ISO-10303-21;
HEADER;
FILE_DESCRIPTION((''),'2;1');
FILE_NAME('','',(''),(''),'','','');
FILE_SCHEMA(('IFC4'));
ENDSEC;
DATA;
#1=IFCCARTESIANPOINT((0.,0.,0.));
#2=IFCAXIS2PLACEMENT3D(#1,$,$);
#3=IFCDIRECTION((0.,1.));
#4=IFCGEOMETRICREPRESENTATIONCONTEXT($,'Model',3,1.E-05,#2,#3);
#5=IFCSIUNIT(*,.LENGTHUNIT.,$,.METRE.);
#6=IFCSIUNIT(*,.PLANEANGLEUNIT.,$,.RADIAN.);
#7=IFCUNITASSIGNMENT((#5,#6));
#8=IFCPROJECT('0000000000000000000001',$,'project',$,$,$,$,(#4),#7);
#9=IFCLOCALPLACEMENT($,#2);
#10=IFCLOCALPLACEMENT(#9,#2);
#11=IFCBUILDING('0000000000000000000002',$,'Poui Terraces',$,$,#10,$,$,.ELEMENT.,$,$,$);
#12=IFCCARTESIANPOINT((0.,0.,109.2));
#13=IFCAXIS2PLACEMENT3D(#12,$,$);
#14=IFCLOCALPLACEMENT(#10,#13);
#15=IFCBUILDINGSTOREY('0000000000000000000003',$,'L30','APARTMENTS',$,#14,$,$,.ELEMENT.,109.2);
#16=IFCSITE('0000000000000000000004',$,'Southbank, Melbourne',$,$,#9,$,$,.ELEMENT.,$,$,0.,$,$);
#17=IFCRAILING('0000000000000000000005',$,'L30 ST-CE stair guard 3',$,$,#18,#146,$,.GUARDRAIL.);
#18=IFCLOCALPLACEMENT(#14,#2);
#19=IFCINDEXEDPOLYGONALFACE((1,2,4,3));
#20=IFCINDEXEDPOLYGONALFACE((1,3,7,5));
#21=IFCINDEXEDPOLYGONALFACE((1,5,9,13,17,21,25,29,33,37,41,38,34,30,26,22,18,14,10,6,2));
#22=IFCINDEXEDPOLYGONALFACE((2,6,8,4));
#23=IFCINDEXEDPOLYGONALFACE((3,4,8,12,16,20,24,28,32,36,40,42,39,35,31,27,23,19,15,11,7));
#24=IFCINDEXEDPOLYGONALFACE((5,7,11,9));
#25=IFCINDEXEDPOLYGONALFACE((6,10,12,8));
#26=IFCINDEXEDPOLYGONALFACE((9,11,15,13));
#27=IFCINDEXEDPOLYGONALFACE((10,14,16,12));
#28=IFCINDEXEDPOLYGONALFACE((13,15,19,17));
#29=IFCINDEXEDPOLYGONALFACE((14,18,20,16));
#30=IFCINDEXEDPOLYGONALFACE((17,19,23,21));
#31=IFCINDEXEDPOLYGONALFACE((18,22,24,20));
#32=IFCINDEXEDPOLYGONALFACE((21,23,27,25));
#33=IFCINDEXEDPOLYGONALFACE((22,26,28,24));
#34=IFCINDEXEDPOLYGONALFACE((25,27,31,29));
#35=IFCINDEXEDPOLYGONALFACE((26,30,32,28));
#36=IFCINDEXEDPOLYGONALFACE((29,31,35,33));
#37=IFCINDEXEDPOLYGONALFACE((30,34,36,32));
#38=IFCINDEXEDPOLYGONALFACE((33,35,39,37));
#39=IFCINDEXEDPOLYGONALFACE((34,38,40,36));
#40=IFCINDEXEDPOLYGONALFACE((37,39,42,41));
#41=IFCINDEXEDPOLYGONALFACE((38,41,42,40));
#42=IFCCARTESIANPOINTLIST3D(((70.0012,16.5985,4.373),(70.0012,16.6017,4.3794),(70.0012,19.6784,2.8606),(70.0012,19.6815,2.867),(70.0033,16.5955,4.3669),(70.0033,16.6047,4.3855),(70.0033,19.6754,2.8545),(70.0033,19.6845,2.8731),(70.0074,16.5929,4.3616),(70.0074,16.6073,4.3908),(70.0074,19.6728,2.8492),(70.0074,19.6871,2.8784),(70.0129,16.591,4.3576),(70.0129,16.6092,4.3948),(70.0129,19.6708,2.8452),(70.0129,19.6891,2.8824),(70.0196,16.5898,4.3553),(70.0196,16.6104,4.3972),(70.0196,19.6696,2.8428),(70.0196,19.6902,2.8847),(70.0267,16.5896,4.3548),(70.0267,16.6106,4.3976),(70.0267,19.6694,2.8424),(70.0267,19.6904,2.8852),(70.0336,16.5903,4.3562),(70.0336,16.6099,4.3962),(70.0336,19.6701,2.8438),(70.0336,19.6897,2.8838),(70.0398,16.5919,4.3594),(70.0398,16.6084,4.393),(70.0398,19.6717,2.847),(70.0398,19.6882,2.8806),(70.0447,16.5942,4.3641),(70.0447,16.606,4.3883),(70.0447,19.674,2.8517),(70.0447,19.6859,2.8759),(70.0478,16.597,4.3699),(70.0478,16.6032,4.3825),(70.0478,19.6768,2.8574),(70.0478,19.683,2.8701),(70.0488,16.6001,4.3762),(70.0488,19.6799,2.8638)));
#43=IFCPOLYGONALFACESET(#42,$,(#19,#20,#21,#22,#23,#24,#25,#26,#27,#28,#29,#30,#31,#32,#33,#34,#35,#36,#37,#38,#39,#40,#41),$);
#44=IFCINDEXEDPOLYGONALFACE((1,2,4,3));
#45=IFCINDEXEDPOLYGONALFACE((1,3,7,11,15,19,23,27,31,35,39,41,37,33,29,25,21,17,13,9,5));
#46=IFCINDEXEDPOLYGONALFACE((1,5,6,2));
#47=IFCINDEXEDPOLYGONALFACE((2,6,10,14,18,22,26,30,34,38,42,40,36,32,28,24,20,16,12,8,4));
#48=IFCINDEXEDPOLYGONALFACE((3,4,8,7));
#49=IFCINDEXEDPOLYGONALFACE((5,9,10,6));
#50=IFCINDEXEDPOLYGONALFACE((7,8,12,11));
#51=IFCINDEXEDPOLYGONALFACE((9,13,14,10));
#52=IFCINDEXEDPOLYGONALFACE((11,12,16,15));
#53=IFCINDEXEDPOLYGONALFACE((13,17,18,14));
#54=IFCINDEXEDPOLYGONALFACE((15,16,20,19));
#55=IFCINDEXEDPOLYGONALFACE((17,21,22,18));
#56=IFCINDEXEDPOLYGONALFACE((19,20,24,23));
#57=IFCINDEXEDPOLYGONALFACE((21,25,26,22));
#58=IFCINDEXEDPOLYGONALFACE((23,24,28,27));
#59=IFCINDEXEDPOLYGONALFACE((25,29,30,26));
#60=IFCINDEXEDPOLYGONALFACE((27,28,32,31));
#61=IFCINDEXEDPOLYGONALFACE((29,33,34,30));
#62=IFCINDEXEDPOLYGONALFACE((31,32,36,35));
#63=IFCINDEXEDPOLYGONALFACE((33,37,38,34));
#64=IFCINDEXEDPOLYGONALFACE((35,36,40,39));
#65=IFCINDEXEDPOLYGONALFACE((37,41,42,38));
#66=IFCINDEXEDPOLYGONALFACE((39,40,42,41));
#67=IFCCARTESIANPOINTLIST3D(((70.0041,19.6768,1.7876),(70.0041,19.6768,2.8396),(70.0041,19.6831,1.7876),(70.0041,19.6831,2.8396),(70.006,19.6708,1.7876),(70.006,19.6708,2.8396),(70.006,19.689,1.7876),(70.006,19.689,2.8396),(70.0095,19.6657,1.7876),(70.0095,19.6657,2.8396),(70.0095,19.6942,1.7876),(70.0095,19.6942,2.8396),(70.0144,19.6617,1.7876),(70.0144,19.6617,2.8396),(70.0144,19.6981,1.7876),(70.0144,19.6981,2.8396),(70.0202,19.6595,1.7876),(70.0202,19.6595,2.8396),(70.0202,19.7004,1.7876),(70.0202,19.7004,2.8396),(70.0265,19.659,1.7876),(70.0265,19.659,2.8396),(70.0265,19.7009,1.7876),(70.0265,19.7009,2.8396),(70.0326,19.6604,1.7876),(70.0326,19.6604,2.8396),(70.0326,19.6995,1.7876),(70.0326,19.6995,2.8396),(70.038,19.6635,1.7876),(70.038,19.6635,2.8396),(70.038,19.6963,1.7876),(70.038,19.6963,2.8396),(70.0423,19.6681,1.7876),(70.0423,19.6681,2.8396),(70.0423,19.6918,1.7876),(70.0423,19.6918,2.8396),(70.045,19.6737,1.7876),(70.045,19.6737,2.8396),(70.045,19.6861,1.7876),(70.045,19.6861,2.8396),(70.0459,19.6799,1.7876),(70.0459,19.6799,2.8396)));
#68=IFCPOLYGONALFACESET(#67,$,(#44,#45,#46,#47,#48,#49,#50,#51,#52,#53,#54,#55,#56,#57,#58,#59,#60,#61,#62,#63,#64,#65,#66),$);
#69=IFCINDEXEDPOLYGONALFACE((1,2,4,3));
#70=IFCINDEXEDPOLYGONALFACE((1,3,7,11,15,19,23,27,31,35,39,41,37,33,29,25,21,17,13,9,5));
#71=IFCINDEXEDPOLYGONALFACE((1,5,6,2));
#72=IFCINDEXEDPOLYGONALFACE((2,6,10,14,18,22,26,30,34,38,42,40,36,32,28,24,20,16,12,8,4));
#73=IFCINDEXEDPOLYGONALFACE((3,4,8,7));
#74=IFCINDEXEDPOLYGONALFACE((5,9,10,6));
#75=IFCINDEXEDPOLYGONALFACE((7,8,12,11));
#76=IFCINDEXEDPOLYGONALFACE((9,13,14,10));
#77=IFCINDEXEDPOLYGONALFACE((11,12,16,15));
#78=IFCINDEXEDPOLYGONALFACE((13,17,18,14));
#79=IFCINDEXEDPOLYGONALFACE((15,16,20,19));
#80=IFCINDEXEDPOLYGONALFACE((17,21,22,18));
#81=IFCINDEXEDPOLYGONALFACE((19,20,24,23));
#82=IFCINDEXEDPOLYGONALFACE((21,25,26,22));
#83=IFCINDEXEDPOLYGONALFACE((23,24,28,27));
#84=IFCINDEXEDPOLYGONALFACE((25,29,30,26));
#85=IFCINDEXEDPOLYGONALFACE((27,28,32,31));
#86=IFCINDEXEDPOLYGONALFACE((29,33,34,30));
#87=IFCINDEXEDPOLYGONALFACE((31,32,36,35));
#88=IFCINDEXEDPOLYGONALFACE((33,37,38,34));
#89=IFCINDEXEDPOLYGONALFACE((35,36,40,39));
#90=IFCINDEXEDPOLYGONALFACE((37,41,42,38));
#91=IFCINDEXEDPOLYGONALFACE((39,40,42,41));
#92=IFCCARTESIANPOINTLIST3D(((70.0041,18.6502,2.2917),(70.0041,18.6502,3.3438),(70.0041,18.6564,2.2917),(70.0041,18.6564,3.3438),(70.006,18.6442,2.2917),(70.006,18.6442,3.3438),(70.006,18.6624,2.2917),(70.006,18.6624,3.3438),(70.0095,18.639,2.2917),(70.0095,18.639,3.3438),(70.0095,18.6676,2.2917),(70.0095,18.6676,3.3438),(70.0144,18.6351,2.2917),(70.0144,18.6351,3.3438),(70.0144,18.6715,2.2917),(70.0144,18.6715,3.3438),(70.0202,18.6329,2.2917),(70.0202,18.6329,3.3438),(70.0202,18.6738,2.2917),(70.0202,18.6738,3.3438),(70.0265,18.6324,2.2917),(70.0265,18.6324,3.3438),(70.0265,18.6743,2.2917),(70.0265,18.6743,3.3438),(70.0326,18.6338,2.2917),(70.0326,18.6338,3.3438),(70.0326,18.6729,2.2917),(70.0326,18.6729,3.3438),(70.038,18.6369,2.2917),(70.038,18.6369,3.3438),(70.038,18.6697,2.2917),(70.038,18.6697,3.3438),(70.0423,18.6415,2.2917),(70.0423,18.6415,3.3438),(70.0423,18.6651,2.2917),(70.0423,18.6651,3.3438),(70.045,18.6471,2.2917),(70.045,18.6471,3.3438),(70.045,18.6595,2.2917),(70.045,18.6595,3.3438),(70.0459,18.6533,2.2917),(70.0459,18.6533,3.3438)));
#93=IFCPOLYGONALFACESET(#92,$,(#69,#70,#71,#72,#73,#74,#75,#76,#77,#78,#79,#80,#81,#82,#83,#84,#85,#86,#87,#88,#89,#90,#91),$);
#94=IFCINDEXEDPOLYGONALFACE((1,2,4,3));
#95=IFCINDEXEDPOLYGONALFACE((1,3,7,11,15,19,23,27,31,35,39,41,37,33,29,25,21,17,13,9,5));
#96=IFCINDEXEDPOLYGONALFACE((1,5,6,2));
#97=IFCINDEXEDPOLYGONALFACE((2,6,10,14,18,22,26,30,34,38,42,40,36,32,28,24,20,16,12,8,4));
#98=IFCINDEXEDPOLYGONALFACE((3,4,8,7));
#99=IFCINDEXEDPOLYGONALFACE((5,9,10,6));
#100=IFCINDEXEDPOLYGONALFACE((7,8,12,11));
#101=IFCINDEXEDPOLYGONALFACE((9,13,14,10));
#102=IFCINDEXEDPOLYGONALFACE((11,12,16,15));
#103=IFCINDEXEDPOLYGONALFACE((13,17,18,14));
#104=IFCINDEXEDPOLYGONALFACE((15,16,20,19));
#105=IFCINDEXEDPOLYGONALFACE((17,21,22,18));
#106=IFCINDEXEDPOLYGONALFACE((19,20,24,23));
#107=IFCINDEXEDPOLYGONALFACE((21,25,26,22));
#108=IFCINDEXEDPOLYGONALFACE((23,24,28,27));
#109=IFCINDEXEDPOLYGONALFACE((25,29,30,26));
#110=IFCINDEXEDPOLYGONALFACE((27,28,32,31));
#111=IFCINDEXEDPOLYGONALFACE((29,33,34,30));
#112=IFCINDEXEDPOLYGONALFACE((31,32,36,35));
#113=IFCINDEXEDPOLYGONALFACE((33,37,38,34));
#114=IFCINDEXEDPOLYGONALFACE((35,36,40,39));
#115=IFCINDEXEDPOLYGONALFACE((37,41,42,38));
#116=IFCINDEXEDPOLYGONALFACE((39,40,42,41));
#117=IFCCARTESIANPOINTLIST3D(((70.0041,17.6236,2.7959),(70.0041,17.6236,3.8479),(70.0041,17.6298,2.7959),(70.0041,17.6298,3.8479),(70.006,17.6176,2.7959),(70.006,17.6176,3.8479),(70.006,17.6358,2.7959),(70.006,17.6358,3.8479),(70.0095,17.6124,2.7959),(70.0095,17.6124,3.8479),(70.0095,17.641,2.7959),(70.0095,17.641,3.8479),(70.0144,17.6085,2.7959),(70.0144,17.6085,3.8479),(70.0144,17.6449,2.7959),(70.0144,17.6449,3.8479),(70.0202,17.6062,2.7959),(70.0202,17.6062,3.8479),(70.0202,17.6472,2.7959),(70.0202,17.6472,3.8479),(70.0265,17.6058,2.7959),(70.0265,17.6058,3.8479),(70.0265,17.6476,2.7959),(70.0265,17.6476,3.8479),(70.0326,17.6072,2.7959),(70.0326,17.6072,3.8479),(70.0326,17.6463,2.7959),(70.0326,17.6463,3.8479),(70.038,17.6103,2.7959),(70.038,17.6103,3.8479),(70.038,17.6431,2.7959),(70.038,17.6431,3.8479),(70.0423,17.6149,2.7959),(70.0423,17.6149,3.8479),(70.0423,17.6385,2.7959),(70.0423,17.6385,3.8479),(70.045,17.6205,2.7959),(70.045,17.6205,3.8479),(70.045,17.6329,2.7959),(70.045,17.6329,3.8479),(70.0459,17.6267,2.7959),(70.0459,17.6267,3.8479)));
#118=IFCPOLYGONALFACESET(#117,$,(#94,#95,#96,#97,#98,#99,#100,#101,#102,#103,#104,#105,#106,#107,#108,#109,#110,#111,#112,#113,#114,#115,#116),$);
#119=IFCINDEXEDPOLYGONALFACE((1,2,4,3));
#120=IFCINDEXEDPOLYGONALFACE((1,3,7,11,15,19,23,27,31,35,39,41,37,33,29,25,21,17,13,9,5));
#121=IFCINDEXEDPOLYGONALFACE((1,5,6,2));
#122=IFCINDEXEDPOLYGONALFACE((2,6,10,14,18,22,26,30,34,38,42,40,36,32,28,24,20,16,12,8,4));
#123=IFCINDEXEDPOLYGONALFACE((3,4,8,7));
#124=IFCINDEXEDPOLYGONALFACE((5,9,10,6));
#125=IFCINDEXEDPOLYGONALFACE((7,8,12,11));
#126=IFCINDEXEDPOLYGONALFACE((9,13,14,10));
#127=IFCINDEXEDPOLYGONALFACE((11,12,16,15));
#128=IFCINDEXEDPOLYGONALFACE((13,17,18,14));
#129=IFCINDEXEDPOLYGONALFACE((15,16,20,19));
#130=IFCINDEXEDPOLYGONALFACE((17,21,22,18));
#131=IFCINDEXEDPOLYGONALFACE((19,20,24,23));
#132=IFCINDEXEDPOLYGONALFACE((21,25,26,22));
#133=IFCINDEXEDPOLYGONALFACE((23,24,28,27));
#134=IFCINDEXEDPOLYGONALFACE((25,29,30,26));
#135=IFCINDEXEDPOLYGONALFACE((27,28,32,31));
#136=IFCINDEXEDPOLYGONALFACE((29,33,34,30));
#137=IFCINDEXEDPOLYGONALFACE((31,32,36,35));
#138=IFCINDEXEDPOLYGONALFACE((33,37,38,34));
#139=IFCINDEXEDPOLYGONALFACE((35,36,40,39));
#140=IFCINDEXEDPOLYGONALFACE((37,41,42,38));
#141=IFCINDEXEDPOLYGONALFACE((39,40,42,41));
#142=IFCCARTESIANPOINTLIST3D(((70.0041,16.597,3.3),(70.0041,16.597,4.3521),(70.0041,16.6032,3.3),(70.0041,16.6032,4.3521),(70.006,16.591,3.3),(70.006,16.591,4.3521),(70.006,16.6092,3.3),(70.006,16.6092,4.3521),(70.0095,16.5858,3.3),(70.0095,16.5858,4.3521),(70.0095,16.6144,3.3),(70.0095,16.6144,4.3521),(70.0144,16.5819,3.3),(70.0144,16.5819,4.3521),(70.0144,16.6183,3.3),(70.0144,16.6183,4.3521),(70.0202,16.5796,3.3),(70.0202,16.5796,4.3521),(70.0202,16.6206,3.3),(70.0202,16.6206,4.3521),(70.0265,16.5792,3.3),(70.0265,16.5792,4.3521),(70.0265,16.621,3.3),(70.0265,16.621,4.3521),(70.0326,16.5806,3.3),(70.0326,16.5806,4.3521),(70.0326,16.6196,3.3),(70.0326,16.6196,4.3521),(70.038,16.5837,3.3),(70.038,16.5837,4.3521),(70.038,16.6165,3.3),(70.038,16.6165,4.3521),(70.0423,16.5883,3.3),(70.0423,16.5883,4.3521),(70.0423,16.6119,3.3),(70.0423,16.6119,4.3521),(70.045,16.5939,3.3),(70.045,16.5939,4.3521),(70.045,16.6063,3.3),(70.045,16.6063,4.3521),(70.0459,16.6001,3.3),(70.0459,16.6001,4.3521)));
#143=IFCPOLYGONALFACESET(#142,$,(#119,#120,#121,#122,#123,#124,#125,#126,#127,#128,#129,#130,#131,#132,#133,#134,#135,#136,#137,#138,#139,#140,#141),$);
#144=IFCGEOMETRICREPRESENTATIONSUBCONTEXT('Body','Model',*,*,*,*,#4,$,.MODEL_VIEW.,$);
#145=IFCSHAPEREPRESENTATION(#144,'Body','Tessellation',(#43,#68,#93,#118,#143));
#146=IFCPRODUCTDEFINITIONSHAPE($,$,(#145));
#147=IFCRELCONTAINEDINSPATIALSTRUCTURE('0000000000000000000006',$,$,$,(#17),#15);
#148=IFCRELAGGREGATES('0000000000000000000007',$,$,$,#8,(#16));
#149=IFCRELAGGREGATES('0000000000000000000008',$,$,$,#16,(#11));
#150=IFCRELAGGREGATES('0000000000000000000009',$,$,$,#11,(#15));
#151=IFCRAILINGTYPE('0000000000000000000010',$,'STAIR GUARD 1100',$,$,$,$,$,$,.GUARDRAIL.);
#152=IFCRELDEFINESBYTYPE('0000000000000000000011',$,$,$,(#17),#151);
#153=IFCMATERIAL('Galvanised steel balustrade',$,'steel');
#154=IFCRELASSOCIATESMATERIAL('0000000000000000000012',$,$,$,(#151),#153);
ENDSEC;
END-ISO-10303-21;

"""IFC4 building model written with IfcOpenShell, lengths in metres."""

from ifc_helpers import new_model, si_unit, direction, frame, origin, origin_2d, place, context, subcontext, project, spatial, circle, extrude, material, type_object, element, save


model = new_model("IFC4")

# Units and contexts
model_context = context("Model", 3, precision=1e-05, world=origin(), true_north=direction((0.0, 1.0)))
body_context = subcontext(model_context, "Body", "Model", "MODEL_VIEW")
ifc_project = project(units=[si_unit("LENGTHUNIT", "METRE"), si_unit("PLANEANGLEUNIT", "RADIAN")], contexts=[model_context])

# Site, building, storey
site_placement = place(None, origin())
site = spatial("IfcSite", under=ifc_project, at=site_placement, Name="Southbank, Melbourne", CompositionType="ELEMENT", RefElevation=0.0)
building_placement = place(site_placement, origin())
building = spatial("IfcBuilding", under=site, at=building_placement, Name="Poui Terraces", CompositionType="ELEMENT")
storey_placement = place(building_placement, frame((0.0, 0.0, 109.2)))
storey = spatial("IfcBuildingStorey", under=building, at=storey_placement, Name="L30", Description="APARTMENTS", CompositionType="ELEMENT", Elevation=109.2)

# Railing
ifc_material_1 = material(Name="Galvanised steel balustrade", Category="steel")
railing_type_1 = type_object("IfcRailingType", Name="STAIR GUARD 1100", PredefinedType="GUARDRAIL", material=ifc_material_1)
railing_1_placement = place(storey_placement, frame((70.0249, 19.6799, 1.7876)))
element("IfcRailing", 1, at=railing_1_placement, inside=storey, type_object=railing_type_1, Name="L30 ST-CE stair guard 3", PredefinedType="GUARDRAIL", context=body_context, shape_type="SweptSolid", body=[
    extrude(circle(Radius=0.0239, at=origin_2d()), frame((0.0, 0.0, 1.0762), z_axis=(0.0, -0.897606, 0.440798), x_axis=(1.0, 0.0, 0.0)), (0.0, 0.0, 1.0), 3.4312),
    extrude(circle(Radius=0.021, at=origin_2d()), origin(), (0.0, 0.0, 1.0), 1.052),
    extrude(circle(Radius=0.021, at=origin_2d()), frame((0.0, -1.0266, 0.5042)), (0.0, 0.0, 1.0), 1.052),
    extrude(circle(Radius=0.021, at=origin_2d()), frame((0.0, -2.0532, 1.0083)), (0.0, 0.0, 1.0), 1.052),
    extrude(circle(Radius=0.021, at=origin_2d()), frame((0.0, -3.0798, 1.5125)), (0.0, 0.0, 1.0), 1.052),
])

save(model, "model.ifc")
